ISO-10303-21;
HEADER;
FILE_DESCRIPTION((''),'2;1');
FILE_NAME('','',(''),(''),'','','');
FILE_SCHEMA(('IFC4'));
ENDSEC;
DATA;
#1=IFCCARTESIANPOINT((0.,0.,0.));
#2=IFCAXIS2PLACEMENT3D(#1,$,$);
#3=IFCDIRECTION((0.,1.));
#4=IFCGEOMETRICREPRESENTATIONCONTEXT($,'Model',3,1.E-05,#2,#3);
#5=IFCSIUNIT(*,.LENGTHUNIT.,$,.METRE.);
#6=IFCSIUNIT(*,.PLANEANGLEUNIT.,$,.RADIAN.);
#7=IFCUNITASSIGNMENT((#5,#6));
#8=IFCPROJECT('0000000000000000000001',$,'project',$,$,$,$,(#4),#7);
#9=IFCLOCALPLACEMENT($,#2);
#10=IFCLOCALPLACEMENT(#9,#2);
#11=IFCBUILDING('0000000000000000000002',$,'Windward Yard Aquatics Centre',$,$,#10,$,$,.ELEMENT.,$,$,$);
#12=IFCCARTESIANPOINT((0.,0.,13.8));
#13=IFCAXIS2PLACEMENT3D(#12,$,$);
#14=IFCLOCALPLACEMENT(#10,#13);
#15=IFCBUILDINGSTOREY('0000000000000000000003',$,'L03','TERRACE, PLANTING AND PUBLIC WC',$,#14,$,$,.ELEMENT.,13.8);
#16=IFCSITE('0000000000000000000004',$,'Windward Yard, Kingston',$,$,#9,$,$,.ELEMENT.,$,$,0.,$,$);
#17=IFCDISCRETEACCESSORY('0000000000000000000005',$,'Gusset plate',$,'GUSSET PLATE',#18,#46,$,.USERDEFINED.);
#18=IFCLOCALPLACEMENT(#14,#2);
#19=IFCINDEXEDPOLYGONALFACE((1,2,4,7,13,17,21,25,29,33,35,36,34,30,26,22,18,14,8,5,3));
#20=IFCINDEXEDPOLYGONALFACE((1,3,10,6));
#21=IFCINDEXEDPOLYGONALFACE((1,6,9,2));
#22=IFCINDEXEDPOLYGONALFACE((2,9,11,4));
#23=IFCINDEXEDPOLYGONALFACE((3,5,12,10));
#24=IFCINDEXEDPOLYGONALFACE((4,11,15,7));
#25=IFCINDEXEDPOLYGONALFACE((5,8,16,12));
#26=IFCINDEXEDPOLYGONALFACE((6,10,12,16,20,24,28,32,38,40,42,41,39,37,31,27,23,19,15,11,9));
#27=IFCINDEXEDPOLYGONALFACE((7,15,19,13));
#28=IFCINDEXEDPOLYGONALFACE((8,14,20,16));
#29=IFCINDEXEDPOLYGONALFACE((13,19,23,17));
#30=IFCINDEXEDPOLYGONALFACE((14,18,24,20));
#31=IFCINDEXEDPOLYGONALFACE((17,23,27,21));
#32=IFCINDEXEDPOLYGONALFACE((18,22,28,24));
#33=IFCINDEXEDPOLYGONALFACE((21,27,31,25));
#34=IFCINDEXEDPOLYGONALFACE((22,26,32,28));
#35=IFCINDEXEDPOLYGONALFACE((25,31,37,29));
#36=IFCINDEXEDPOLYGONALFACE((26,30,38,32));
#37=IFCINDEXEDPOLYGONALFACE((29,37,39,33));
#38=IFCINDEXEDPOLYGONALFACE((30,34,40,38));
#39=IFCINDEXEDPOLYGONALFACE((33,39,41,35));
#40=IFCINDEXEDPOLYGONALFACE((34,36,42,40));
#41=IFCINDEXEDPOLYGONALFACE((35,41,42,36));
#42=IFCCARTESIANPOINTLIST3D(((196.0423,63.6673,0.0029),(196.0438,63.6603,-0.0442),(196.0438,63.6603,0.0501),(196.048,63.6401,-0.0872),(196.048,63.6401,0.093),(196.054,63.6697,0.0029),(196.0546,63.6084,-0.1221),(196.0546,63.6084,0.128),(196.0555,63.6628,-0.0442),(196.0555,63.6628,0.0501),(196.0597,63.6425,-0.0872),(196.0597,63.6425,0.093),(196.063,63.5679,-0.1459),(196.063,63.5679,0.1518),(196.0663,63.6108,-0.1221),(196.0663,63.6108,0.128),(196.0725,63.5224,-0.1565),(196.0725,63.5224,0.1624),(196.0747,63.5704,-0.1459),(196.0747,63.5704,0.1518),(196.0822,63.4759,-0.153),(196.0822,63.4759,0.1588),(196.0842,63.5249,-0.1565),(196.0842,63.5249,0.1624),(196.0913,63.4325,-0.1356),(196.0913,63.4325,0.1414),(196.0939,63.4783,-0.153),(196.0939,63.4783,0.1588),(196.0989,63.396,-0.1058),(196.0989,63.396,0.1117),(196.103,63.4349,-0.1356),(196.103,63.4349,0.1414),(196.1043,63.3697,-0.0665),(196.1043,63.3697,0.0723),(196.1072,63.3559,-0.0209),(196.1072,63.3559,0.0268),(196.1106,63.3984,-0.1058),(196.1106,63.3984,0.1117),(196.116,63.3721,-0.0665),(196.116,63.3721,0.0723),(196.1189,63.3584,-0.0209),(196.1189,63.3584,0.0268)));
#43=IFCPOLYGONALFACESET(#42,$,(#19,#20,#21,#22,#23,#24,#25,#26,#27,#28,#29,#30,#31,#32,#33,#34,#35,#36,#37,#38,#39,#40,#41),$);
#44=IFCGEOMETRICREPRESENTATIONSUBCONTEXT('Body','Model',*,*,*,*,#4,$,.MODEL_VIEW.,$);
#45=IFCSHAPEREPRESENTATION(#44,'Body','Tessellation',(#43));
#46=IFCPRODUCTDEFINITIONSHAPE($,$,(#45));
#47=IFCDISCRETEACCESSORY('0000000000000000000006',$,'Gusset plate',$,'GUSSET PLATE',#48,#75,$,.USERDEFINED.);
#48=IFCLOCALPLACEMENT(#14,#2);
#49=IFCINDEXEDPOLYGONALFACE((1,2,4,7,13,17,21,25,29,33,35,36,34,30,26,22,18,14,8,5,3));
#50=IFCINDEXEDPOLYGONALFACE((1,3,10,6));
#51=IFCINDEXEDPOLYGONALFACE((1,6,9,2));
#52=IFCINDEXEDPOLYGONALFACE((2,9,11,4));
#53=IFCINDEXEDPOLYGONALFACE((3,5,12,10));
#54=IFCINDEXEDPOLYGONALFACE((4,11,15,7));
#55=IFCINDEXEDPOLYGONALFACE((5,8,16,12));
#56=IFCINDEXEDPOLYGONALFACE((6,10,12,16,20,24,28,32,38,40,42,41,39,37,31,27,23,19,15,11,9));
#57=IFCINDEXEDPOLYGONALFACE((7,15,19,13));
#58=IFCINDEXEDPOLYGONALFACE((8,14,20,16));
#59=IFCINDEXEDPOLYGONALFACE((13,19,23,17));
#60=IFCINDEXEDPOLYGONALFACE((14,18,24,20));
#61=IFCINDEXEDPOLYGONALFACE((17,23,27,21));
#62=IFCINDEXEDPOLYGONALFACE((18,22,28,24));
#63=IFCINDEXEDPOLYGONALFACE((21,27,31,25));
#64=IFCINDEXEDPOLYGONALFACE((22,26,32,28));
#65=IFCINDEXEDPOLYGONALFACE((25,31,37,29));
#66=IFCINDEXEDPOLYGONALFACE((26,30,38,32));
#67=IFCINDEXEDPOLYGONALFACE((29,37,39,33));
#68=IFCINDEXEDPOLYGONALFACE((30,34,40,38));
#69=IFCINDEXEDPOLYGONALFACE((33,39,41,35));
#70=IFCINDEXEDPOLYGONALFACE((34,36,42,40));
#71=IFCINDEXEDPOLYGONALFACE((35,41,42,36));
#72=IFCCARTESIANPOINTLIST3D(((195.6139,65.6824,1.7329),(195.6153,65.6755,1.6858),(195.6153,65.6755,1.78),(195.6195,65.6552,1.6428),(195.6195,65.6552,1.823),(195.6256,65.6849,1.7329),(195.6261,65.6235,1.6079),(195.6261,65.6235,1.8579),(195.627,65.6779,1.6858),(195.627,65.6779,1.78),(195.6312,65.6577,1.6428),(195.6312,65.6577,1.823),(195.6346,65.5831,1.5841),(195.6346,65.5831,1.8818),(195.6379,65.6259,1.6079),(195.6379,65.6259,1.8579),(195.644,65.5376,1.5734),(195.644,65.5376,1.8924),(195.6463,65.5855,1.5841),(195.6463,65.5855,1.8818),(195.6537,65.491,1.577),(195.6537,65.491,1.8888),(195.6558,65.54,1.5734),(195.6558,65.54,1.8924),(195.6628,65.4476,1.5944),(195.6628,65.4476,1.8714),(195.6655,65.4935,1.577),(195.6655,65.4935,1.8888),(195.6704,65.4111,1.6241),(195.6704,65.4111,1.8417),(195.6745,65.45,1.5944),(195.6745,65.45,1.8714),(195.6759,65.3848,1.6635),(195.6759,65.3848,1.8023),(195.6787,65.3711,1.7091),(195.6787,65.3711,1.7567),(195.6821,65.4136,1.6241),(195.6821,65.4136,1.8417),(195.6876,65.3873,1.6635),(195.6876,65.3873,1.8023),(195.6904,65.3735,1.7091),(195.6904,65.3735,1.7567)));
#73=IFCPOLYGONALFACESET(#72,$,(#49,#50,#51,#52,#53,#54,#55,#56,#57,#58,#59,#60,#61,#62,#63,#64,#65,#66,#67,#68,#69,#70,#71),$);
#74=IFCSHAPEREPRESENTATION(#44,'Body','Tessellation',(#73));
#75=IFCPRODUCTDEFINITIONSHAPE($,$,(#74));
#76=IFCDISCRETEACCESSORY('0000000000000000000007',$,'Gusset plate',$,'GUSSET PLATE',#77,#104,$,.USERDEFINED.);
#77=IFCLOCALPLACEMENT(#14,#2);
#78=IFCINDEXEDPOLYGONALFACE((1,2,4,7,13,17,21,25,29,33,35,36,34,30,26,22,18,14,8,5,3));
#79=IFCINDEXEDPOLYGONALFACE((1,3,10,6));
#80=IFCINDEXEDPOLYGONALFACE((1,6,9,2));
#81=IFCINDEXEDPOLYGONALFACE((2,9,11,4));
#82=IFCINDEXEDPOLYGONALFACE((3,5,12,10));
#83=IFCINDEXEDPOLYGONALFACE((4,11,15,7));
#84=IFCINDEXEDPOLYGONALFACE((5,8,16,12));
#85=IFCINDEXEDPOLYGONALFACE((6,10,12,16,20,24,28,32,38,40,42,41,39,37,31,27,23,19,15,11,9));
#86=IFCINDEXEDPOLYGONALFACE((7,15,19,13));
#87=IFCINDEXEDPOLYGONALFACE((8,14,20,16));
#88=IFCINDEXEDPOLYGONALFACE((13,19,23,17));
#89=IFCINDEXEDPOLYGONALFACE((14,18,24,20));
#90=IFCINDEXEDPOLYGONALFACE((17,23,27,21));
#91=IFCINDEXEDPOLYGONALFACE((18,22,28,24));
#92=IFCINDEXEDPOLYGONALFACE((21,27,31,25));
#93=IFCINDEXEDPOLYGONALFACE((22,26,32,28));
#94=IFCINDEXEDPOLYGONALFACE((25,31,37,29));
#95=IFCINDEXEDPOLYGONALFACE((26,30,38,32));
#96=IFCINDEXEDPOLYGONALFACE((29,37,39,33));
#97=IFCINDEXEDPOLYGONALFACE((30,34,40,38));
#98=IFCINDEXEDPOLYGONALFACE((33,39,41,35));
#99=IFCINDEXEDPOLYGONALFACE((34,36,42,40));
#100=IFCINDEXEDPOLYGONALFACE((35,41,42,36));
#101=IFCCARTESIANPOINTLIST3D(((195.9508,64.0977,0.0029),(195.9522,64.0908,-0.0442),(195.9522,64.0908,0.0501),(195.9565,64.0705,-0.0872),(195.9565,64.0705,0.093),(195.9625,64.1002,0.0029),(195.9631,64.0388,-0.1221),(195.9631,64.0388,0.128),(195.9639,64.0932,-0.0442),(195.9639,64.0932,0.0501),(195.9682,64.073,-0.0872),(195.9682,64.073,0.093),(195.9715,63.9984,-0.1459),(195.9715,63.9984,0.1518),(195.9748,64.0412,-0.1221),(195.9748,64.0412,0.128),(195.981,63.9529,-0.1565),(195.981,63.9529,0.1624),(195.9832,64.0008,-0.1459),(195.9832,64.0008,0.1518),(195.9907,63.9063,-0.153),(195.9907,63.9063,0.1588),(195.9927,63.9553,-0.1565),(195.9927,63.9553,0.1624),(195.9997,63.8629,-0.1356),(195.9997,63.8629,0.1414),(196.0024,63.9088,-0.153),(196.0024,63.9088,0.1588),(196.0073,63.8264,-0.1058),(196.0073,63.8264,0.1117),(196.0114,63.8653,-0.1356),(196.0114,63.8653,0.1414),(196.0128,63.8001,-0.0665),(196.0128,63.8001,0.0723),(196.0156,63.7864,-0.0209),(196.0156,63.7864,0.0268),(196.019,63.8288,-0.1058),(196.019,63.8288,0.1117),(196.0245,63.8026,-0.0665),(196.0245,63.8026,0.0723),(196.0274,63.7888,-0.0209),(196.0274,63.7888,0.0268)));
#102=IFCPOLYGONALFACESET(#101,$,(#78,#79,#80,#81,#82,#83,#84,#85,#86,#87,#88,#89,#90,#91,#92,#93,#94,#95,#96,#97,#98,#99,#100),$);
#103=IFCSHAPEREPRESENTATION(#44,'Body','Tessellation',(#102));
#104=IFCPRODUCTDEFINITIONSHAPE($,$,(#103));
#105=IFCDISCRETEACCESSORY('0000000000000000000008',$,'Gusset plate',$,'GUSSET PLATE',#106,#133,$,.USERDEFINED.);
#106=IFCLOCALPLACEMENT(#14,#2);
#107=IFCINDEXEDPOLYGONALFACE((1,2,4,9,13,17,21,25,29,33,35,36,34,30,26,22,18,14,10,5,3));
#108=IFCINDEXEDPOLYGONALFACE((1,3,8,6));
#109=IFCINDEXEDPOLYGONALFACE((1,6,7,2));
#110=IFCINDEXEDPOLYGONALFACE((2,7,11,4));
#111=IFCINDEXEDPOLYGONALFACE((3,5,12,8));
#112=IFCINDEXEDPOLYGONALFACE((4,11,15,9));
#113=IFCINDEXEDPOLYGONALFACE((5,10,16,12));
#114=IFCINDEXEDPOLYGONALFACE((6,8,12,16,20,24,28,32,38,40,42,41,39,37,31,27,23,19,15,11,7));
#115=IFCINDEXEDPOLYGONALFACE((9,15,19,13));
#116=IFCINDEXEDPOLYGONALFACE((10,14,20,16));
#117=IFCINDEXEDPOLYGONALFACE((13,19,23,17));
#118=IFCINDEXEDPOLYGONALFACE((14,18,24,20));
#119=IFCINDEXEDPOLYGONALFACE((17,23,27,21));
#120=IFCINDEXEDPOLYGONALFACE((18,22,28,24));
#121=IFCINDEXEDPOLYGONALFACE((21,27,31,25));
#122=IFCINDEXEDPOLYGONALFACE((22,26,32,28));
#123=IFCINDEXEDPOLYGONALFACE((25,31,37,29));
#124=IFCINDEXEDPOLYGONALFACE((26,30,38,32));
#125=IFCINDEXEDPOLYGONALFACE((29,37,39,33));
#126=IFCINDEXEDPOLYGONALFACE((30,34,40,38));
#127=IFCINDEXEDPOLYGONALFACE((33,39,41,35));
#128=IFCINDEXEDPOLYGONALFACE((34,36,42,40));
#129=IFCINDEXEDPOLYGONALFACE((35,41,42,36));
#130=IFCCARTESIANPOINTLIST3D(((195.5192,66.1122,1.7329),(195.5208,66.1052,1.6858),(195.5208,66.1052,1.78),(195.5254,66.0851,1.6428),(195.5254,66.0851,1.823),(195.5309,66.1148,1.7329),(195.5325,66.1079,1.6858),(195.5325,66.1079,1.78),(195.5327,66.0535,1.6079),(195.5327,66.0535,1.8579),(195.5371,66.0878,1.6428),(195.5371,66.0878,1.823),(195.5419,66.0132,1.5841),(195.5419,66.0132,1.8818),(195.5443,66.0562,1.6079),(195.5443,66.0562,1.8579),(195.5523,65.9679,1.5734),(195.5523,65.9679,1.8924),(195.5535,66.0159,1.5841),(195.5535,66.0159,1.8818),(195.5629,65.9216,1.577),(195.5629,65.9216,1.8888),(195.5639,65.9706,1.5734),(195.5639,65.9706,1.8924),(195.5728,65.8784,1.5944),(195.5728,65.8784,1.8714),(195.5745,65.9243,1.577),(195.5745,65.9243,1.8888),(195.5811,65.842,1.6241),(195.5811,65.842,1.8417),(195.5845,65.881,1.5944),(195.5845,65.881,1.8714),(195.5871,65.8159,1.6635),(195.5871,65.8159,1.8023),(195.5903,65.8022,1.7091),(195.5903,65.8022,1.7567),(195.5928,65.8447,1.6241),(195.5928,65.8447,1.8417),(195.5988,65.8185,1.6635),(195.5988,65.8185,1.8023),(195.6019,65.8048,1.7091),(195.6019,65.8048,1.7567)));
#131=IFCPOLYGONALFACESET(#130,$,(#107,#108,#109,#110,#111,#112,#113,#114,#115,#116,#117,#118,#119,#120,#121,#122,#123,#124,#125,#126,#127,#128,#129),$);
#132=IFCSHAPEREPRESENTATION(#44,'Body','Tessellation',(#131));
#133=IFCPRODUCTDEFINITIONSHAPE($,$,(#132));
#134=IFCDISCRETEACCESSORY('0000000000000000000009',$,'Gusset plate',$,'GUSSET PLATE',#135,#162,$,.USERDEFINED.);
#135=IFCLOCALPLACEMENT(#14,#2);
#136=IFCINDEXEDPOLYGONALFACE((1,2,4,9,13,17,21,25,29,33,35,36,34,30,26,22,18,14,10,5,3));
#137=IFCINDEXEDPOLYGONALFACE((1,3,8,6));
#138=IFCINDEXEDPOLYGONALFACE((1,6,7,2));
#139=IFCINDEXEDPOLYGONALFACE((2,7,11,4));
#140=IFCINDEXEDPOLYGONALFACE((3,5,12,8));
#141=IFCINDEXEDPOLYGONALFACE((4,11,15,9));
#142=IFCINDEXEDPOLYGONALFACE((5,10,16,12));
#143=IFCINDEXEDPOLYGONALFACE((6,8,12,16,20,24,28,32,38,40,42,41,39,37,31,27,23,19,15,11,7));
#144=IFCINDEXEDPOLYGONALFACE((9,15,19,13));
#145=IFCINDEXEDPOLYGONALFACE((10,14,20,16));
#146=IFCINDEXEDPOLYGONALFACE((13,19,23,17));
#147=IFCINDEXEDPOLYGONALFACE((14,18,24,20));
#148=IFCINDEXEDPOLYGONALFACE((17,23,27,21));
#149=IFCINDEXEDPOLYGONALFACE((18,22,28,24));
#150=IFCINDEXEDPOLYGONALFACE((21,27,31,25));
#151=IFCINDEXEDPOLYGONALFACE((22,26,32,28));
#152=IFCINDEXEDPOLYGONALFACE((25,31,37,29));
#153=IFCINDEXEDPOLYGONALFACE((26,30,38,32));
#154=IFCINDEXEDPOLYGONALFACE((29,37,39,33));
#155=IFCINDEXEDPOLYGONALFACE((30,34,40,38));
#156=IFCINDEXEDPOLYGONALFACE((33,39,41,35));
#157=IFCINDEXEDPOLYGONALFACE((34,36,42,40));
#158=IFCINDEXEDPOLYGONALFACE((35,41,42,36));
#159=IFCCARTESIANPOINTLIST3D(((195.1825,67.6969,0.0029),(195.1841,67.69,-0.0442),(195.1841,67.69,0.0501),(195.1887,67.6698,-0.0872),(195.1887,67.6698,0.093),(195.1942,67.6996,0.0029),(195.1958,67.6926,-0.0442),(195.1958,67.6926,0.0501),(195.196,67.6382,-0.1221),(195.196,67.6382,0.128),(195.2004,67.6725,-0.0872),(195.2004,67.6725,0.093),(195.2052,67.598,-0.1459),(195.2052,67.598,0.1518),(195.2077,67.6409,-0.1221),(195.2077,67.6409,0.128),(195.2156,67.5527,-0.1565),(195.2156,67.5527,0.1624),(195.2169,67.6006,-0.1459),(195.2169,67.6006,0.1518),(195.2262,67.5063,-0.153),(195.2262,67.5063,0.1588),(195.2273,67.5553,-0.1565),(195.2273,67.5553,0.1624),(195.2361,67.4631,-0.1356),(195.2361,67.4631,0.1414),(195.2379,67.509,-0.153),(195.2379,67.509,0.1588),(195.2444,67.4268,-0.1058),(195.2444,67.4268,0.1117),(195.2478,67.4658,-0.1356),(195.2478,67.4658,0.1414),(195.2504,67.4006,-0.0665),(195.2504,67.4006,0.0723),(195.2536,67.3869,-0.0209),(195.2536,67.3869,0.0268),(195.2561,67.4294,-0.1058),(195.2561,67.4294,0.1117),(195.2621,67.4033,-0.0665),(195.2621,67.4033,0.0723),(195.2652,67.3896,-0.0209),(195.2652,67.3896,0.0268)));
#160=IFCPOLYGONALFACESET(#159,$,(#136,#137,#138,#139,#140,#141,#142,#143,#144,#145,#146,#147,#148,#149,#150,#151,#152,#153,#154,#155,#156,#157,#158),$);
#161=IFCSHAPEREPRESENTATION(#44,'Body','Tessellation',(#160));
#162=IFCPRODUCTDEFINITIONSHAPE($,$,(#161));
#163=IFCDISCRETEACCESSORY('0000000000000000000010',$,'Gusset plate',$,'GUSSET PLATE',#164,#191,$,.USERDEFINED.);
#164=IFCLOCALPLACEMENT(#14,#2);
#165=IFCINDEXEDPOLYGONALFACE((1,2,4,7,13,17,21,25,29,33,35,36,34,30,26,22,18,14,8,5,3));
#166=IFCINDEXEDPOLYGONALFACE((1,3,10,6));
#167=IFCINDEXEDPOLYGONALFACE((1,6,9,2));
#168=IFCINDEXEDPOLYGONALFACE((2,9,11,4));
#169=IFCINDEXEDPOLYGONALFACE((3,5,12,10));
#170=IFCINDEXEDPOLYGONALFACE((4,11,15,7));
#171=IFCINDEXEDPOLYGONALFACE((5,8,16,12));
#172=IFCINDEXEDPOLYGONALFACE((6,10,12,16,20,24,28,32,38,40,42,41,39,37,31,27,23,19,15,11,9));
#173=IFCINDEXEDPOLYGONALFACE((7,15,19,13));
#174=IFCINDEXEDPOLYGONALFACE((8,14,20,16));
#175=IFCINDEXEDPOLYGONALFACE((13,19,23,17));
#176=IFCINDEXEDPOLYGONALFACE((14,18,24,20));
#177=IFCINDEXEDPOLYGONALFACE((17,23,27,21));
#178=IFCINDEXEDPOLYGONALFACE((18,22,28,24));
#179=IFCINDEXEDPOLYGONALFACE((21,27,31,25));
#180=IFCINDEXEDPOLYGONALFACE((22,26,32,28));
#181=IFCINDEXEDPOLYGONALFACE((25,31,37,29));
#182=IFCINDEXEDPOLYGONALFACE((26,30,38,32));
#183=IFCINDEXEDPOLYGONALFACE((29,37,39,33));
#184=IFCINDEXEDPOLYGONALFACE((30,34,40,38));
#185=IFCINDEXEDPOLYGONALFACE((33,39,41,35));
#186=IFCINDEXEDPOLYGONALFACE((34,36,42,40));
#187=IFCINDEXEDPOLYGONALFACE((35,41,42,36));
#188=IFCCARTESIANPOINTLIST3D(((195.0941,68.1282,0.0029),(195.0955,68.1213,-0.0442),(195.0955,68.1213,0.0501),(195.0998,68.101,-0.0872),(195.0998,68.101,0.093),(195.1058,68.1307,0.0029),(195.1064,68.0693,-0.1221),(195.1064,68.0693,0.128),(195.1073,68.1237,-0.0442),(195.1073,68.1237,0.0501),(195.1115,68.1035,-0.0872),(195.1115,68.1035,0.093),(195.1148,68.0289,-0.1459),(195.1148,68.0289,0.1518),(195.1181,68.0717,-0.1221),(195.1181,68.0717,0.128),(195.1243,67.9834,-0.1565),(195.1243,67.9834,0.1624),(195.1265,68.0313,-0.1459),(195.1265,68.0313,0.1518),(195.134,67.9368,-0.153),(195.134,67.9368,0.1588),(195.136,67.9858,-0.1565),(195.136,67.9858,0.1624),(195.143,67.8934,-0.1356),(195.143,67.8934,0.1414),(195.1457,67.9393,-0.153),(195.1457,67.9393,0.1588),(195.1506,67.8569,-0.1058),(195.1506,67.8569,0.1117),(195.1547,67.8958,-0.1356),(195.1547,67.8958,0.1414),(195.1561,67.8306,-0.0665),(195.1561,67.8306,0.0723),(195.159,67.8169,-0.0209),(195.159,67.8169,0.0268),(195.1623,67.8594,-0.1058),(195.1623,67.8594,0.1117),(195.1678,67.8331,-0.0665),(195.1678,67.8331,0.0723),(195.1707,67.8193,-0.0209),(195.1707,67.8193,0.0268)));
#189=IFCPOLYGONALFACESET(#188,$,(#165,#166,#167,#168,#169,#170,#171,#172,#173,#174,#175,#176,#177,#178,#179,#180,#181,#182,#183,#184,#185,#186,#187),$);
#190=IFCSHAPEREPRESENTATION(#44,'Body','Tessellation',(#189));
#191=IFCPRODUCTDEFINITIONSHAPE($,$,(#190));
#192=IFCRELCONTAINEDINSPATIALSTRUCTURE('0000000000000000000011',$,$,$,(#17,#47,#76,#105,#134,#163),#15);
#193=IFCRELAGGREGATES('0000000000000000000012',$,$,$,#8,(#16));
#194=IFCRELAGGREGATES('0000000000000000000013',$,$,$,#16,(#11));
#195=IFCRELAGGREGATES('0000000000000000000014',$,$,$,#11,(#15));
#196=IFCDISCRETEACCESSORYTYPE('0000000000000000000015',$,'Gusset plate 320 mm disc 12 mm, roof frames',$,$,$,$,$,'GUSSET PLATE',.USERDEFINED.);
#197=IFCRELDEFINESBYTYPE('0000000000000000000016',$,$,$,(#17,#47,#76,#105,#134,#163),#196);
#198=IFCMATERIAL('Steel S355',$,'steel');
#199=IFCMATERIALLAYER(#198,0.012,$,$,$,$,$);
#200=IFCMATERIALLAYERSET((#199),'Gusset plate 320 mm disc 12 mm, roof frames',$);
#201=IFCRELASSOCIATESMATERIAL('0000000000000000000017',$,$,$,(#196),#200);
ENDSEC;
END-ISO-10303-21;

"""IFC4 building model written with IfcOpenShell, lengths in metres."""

from ifc_helpers import new_model, si_unit, direction, frame, origin, origin_2d, place, context, subcontext, project, spatial, circle, extrude, material, layer, layer_set, type_object, element, save


model = new_model("IFC4")

# Units and contexts
model_context = context("Model", 3, precision=1e-05, world=origin(), true_north=direction((0.0, 1.0)))
body_context = subcontext(model_context, "Body", "Model", "MODEL_VIEW")
ifc_project = project(units=[si_unit("LENGTHUNIT", "METRE"), si_unit("PLANEANGLEUNIT", "RADIAN")], contexts=[model_context])

# Site, building, storey
site_placement = place(None, origin())
site = spatial("IfcSite", under=ifc_project, at=site_placement, Name="Windward Yard, Kingston", CompositionType="ELEMENT", RefElevation=0.0)
building_placement = place(site_placement, origin())
building = spatial("IfcBuilding", under=site, at=building_placement, Name="Windward Yard Aquatics Centre", CompositionType="ELEMENT")
storey_placement = place(building_placement, frame((0.0, 0.0, 13.8)))
storey = spatial("IfcBuildingStorey", under=building, at=storey_placement, Name="L03", Description="TERRACE, PLANTING AND PUBLIC WC", CompositionType="ELEMENT", Elevation=13.8)

# Discrete accessories
ifc_material_1 = material(Name="Steel S355", Category="steel")
ifc_layer = layer(ifc_material_1, 0.012)
ifc_layer_set = layer_set([ifc_layer], Name="Gusset plate 320 mm disc 12 mm, roof frames")
discrete_accessory_type = type_object("IfcDiscreteAccessoryType", Name="Gusset plate 320 mm disc 12 mm, roof frames", ElementType="GUSSET PLATE", PredefinedType="USERDEFINED", material=ifc_layer_set)
for number, where, z_axis, x_axis, name in (
    (1, (196.075, 63.5107, 0.0029), (0.97898, 0.203954, 0.0), (-0.203954, 0.97898, 0.0), "Gusset plate"),
    (2, (195.6465, 65.5259, 1.7329), (0.97898, 0.203954, 0.0), (-0.203954, 0.97898, 0.0), "Gusset plate"),
    (3, (195.9834, 63.9412, 0.0029), (0.97898, 0.203954, 0.0), (-0.203954, 0.97898, 0.0), "Gusset plate"),
    (4, (195.5549, 65.9563, 1.7329), (0.974732, 0.223376, 0.0), (-0.223376, 0.974732, 0.0), "Gusset plate"),
    (5, (195.2183, 67.541, 0.0029), (0.974732, 0.223376, 0.0), (-0.223376, 0.974732, 0.0), "Gusset plate"),
    (6, (195.1267, 67.9717, 0.0029), (0.97898, 0.203954, 0.0), (-0.203954, 0.97898, 0.0), "Gusset plate"),
):
    element("IfcDiscreteAccessory", number, at=place(storey_placement, frame(where, z_axis=z_axis, x_axis=x_axis)), inside=storey, type_object=discrete_accessory_type, Name=name, ObjectType="GUSSET PLATE", PredefinedType="USERDEFINED", context=body_context, shape_type="SweptSolid", body=[
        extrude(circle(Radius=0.1599, at=origin_2d()), origin(), (0.0, 0.0, 1.0), 0.012),
    ])

save(model, "model.ifc")
